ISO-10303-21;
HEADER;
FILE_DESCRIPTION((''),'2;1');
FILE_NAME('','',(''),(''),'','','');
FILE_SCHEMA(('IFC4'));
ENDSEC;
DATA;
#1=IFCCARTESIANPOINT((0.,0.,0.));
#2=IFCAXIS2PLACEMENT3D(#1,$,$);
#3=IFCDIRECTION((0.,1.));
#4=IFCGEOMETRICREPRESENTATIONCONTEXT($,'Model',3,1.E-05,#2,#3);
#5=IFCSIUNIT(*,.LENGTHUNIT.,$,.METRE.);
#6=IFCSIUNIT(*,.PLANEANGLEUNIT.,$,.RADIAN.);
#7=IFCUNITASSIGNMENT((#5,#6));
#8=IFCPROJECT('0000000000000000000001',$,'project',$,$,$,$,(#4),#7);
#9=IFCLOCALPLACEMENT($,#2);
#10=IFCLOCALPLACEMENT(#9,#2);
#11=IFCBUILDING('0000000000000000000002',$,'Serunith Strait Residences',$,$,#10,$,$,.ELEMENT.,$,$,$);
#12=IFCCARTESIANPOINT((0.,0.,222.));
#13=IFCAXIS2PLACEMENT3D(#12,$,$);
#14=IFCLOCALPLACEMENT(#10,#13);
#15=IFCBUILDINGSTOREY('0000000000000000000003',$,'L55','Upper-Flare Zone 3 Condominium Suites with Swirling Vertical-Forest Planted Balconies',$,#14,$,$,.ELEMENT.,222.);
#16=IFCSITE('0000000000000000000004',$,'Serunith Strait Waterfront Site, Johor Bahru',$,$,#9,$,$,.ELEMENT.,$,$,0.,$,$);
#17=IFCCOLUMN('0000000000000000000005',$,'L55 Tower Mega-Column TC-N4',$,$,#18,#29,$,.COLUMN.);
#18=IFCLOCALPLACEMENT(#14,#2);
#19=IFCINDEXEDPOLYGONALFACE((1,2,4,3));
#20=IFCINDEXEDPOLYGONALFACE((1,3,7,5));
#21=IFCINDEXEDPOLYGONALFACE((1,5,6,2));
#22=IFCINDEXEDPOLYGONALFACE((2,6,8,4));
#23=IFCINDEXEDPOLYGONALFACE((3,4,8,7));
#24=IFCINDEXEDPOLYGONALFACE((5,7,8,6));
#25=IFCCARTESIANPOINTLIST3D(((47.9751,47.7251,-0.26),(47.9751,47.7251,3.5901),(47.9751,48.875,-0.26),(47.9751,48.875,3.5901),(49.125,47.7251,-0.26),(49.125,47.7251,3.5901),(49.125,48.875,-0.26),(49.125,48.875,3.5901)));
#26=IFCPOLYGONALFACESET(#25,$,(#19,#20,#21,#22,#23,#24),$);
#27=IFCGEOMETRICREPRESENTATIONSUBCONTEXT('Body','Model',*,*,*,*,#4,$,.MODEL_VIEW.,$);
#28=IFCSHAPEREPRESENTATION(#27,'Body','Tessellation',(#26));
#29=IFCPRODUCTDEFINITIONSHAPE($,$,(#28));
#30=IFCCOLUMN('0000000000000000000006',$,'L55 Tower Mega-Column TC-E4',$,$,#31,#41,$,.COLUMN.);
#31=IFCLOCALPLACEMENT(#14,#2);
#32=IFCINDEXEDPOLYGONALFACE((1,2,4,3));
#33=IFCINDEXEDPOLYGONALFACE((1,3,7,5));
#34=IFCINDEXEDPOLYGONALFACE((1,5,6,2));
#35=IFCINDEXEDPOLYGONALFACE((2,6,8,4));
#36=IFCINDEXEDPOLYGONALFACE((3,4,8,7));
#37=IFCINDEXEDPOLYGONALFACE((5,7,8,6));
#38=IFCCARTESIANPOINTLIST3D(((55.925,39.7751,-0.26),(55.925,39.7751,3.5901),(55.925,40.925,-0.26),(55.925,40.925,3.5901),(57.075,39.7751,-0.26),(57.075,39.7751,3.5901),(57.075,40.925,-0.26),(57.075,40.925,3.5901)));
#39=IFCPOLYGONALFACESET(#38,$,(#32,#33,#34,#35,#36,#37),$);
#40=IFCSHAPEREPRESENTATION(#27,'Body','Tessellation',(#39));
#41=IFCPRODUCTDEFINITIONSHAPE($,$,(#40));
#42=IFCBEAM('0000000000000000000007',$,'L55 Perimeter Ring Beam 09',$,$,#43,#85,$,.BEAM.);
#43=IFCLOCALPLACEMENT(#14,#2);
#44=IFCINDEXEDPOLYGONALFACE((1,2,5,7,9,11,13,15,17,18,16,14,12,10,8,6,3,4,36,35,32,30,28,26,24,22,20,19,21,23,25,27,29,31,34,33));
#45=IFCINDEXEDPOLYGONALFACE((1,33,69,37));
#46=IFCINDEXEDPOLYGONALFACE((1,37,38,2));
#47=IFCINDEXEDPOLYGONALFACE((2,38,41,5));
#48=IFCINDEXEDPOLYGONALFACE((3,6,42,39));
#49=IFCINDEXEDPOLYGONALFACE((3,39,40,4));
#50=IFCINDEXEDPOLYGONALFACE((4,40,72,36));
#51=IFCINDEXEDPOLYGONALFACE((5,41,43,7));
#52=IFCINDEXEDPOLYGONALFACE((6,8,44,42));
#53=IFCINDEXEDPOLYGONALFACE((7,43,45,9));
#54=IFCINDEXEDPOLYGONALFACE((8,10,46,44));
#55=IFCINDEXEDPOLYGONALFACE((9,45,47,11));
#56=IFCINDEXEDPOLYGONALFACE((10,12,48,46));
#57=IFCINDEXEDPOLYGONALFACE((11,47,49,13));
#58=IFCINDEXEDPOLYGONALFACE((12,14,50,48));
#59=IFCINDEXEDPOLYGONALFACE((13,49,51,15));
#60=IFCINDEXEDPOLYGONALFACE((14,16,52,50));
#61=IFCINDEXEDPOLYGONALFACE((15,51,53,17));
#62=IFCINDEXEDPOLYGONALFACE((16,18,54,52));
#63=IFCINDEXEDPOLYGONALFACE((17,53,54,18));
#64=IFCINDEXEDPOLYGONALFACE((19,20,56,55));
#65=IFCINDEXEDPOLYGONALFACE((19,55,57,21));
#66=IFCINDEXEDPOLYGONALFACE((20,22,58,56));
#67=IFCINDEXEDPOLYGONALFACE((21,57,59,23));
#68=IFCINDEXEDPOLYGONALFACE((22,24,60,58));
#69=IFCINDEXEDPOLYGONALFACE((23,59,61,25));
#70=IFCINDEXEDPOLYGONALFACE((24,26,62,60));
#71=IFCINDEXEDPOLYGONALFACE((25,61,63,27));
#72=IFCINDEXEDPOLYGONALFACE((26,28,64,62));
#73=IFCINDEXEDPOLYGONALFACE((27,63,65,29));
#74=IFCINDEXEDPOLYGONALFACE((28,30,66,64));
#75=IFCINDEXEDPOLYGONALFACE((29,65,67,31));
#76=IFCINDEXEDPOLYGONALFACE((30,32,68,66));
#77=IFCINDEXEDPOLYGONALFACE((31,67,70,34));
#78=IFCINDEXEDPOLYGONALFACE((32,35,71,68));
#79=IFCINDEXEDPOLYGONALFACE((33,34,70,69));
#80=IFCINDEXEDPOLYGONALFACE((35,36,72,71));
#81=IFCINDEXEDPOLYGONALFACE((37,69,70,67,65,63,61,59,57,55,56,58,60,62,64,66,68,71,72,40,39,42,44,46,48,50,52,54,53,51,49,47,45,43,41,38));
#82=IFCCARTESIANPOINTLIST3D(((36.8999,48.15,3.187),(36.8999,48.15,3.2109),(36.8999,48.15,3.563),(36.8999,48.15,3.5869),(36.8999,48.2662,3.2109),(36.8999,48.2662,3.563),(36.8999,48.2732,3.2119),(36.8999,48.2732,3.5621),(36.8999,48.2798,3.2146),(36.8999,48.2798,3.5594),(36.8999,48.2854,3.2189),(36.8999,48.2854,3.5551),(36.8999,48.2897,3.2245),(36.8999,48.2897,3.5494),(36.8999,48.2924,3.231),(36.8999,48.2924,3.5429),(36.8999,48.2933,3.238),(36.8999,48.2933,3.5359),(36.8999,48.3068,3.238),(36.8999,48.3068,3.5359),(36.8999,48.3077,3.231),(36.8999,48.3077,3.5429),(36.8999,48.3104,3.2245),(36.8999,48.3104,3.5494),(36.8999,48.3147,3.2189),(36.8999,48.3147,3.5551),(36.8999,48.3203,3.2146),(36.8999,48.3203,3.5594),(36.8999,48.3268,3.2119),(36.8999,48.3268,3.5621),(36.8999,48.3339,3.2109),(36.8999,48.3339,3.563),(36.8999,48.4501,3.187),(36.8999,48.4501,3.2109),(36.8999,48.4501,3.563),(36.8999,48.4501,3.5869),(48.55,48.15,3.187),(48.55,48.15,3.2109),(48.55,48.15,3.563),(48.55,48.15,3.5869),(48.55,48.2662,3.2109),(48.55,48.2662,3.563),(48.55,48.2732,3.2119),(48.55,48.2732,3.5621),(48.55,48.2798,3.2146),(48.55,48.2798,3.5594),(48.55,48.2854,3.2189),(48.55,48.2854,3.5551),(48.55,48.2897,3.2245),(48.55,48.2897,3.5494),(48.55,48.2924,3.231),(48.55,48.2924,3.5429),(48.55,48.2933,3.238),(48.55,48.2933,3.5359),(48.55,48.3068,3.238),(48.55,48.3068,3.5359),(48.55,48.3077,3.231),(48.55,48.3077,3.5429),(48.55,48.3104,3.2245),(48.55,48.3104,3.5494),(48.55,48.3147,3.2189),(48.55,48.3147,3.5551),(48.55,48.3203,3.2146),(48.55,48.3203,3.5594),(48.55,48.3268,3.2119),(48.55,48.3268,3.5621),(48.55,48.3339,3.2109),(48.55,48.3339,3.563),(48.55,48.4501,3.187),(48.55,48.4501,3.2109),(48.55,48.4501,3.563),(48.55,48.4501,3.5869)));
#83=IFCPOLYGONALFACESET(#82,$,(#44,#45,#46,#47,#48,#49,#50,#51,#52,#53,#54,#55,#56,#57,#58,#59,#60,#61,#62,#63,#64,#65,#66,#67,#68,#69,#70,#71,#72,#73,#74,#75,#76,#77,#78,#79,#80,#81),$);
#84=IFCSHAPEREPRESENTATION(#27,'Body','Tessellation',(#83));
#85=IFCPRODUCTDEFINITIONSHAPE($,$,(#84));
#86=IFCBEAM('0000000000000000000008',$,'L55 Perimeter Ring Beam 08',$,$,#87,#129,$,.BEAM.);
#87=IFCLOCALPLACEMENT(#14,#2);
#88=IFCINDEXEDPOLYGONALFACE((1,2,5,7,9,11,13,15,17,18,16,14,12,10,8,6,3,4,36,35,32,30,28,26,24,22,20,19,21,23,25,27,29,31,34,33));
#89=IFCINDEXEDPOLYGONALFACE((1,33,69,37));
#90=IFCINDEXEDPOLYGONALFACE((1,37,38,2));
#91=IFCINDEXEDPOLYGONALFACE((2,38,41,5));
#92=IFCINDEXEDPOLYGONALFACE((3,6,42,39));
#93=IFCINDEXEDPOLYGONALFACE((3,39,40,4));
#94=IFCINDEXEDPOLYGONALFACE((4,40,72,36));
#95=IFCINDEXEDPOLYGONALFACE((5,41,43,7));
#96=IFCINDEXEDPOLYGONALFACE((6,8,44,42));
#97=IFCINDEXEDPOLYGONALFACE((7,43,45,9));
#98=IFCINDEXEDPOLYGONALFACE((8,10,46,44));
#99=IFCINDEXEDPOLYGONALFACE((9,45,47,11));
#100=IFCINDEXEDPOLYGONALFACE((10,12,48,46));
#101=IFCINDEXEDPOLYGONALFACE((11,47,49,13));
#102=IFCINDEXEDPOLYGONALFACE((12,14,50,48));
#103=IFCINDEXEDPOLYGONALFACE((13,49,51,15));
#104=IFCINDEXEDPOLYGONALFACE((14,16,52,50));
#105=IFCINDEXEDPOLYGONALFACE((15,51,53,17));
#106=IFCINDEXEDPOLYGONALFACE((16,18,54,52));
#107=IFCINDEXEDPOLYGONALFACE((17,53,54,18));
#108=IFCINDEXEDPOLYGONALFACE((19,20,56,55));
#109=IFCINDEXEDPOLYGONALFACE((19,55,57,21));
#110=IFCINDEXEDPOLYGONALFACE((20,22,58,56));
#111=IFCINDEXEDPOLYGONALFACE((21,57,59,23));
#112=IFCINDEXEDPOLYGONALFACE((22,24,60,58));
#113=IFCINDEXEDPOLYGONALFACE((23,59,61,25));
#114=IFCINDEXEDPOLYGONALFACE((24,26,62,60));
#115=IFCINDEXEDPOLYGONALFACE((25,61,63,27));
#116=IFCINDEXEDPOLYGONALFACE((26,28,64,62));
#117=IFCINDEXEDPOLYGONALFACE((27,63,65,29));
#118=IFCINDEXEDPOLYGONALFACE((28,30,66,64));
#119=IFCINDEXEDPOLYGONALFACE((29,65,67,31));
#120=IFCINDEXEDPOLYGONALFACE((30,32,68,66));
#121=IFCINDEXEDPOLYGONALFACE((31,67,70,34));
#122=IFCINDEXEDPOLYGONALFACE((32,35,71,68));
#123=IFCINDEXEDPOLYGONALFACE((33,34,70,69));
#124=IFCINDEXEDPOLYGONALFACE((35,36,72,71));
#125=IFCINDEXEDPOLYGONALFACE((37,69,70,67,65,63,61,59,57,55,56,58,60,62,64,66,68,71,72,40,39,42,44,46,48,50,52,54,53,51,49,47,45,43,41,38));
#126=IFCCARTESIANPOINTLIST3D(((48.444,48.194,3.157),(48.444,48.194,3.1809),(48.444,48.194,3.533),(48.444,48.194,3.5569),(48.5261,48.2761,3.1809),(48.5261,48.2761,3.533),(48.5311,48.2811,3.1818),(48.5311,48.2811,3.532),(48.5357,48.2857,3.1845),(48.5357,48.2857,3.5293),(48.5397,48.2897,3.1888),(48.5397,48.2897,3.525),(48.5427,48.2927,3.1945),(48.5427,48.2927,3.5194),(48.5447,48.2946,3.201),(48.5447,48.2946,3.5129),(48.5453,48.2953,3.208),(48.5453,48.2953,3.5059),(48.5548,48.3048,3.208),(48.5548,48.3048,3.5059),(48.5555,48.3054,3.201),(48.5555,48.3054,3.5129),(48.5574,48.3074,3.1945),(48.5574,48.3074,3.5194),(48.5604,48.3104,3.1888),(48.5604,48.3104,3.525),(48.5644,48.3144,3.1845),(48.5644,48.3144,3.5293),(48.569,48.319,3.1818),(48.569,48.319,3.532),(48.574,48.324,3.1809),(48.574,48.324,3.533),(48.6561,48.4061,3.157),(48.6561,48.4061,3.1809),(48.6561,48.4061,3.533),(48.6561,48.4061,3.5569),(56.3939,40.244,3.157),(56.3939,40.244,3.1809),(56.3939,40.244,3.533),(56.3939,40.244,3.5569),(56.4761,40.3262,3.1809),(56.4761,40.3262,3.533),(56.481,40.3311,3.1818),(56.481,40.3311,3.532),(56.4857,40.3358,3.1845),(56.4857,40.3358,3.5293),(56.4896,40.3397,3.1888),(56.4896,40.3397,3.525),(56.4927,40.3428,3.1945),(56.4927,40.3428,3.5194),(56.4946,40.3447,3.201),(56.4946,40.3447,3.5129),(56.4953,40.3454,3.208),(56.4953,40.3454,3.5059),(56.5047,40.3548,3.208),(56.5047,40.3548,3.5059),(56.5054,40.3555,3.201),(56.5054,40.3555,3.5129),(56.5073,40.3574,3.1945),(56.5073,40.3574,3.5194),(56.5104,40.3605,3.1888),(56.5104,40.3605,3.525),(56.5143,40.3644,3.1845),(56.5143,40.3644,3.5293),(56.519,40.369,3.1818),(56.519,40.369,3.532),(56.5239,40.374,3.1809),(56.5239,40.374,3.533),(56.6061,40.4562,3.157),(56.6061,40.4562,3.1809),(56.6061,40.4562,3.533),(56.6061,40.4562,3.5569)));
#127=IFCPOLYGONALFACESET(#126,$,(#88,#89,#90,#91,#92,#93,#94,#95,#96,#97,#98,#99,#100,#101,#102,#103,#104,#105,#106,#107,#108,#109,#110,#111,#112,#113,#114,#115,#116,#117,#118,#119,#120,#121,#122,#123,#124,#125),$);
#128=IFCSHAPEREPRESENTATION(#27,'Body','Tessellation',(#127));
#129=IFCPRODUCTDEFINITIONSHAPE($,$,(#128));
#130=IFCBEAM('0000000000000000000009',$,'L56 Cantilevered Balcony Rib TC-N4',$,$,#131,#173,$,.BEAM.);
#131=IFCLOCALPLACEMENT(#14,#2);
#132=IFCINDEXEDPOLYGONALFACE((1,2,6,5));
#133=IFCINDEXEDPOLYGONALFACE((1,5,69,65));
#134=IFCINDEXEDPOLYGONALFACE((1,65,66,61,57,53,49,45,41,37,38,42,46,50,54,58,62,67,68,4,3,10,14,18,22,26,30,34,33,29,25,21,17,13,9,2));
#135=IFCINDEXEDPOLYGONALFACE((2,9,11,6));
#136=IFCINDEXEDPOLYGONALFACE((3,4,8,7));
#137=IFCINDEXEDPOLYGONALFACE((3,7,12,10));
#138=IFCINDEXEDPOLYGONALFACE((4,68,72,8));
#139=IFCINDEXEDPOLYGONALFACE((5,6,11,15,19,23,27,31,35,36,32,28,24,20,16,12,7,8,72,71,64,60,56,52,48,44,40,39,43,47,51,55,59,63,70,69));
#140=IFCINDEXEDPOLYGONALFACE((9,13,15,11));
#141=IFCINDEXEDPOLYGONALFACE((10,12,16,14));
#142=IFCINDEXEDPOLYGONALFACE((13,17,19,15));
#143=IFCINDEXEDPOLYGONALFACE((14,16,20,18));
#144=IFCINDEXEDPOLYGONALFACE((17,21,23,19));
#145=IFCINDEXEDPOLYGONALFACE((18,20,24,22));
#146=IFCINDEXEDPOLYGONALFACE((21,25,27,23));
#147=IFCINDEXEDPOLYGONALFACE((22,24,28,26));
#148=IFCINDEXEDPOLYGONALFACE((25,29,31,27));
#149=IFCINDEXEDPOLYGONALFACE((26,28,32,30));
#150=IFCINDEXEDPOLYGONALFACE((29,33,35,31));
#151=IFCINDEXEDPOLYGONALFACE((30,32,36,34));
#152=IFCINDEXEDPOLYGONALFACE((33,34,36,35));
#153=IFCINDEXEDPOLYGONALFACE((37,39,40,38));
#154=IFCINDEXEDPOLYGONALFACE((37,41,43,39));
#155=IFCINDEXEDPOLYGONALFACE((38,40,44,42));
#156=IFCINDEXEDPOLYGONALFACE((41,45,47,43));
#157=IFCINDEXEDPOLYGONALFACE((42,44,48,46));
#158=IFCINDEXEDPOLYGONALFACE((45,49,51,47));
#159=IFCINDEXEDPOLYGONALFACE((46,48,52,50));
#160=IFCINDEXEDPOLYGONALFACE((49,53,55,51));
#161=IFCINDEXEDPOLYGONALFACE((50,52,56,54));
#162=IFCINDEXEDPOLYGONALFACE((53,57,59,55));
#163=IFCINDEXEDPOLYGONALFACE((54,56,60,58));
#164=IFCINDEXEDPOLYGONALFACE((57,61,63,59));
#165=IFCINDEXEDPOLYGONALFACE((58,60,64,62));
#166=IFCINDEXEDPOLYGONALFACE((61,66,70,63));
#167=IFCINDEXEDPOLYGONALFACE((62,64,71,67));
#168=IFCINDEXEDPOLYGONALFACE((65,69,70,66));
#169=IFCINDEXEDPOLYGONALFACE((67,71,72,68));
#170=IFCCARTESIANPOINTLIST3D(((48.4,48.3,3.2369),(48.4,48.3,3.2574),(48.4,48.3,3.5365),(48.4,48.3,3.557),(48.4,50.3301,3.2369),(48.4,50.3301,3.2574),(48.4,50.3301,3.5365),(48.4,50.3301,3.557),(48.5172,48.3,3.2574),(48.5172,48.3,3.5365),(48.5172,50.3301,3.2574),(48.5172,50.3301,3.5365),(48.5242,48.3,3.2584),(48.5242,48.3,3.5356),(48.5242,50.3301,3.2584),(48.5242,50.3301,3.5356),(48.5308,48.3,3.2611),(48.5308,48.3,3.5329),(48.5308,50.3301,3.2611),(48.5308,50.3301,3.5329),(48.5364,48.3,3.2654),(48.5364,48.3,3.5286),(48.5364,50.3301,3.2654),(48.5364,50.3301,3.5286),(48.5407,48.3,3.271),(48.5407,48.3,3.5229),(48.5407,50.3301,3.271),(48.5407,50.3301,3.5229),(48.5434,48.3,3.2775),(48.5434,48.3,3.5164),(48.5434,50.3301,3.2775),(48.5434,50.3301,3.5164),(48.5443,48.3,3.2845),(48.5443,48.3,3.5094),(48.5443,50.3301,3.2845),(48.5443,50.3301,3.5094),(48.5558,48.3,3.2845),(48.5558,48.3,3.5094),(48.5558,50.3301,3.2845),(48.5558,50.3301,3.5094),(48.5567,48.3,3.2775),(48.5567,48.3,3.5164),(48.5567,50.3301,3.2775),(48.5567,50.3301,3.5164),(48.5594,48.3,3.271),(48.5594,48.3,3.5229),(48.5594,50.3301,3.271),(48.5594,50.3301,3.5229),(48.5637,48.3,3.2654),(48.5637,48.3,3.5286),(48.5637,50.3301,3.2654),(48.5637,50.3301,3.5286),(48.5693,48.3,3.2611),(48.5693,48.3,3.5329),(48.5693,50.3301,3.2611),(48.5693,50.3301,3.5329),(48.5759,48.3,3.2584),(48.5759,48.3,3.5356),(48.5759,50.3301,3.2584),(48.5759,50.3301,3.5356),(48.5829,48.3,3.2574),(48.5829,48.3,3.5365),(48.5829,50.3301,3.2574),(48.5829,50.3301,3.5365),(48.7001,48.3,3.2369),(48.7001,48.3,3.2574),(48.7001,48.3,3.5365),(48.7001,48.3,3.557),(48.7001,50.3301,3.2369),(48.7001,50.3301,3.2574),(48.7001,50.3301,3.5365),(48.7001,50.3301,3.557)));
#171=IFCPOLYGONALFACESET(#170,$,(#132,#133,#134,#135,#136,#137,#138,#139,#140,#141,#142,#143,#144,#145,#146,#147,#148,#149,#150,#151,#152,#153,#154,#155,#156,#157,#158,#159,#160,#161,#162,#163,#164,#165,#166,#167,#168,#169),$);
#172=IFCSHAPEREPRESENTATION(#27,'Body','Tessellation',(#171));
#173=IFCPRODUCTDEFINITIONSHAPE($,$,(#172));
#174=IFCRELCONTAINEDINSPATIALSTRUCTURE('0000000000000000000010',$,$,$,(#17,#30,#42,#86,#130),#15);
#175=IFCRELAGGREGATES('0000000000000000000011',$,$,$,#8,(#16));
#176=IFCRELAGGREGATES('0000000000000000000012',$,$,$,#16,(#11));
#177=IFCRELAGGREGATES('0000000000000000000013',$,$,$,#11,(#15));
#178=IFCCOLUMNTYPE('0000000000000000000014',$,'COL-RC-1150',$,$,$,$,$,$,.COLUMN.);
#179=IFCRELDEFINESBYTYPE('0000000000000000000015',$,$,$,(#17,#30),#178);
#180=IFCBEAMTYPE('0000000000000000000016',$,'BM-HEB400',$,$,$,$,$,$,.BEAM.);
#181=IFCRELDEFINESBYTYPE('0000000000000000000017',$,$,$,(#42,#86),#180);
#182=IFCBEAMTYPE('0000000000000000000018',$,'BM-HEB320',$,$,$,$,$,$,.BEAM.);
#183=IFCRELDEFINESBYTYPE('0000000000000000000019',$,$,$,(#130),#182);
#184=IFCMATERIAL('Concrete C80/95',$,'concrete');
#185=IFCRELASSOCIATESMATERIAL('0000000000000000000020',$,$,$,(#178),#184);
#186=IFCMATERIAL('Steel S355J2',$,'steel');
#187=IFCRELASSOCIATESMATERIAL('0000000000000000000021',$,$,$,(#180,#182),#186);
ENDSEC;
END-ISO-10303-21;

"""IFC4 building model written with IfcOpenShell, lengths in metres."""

from ifc_helpers import new_model, si_unit, direction, frame, origin, origin_2d, place, context, subcontext, project, spatial, rectangle, i_section, extrude, source, transform, mapped, material, material_profile, profile_set, type_object, element, save


model = new_model("IFC4")

# Units and contexts
model_context = context("Model", 3, precision=1e-05, world=origin(), true_north=direction((0.0, 1.0)))
body_context = subcontext(model_context, "Body", "Model", "MODEL_VIEW")
ifc_project = project(units=[si_unit("LENGTHUNIT", "METRE"), si_unit("PLANEANGLEUNIT", "RADIAN")], contexts=[model_context])

# Site, building, storey
site_placement = place(None, origin())
site = spatial("IfcSite", under=ifc_project, at=site_placement, Name="Serunith Strait Waterfront Site, Johor Bahru", CompositionType="ELEMENT", RefElevation=0.0)
building_placement = place(site_placement, origin())
building = spatial("IfcBuilding", under=site, at=building_placement, Name="Serunith Strait Residences", CompositionType="ELEMENT")
storey_placement = place(building_placement, frame((0.0, 0.0, 222.0)))
storey = spatial("IfcBuildingStorey", under=building, at=storey_placement, Name="L55", Description="Upper-Flare Zone 3 Condominium Suites with Swirling Vertical-Forest Planted Balconies", CompositionType="ELEMENT", Elevation=222.0)

# Columns
ifc_material_1 = material(Name="Concrete C80/95", Category="concrete")
ifc_material_profile_1 = material_profile(ifc_material_1, rectangle(XDim=1.1499, YDim=1.1499, at=origin_2d()), Name="RC 1150x1150")
ifc_profile_set_1 = profile_set([ifc_material_profile_1], Name="Concrete C80/95")
column_type = type_object("IfcColumnType", Name="COL-RC-1150", PredefinedType="COLUMN", material=ifc_profile_set_1)
shared_shape_1 = source(origin(), body_context, "Body", "SweptSolid", [
    extrude(rectangle(XDim=1.1499, YDim=1.1499, at=origin_2d()), origin(), (0.0, 0.0, 1.0), 3.8501),
])
for number, where, z_axis, x_axis, name in (
    (1, (48.55, 48.3, -0.26), (0.0, 0.0, 1.0), (1.0, 0.0, 0.0), "L55 Tower Mega-Column TC-N4"),
    (2, (56.5, 40.3501, -0.26), (0.0, 0.0, 1.0), (1.0, 0.0, 0.0), "L55 Tower Mega-Column TC-E4"),
):
    element("IfcColumn", number, at=place(storey_placement, frame(where, z_axis=z_axis, x_axis=x_axis)), inside=storey, type_object=column_type, Name=name, PredefinedType="COLUMN", context=body_context, shape_type="MappedRepresentation", body=[
        mapped(shared_shape_1, transform((0.0, 0.0, 0.0), scale=1.0)),
    ])

# Beams
ifc_material_2 = material(Name="Steel S355J2", Category="steel")
ifc_material_profile_2 = material_profile(ifc_material_2, i_section(OverallWidth=0.3, OverallDepth=0.3999, WebThickness=0.0134, FlangeThickness=0.0239, FilletRadius=0.0271, at=origin_2d()), Name="HEB 400")
ifc_profile_set_2 = profile_set([ifc_material_profile_2], Name="Steel S355J2")
beam_type_1 = type_object("IfcBeamType", Name="BM-HEB400", PredefinedType="BEAM", material=ifc_profile_set_2)
shared_shape_2 = source(origin(), body_context, "Body", "SweptSolid", [
    extrude(i_section(OverallWidth=0.3, OverallDepth=0.3999, WebThickness=0.0134, FlangeThickness=0.0239, FilletRadius=0.0271, at=origin_2d()), origin(), (0.0, 0.0, 1.0), 11.6501),
])
beam_1_placement = place(storey_placement, frame((48.55, 48.3, 3.387), z_axis=(-1.0, 0.0, 0.0), x_axis=(0.0, -1.0, 0.0)))
element("IfcBeam", 3, at=beam_1_placement, inside=storey, type_object=beam_type_1, Name="L55 Perimeter Ring Beam 09", PredefinedType="BEAM", context=body_context, shape_type="MappedRepresentation", body=[
    mapped(shared_shape_2, transform((0.0, 0.0, 0.0), scale=1.0)),
])
shared_shape_3 = source(origin(), body_context, "Body", "SweptSolid", [
    extrude(i_section(OverallWidth=0.3, OverallDepth=0.3999, WebThickness=0.0134, FlangeThickness=0.0239, FilletRadius=0.0271, at=origin_2d()), origin(), (0.0, 0.0, 1.0), 11.2429),
])
beam_2_placement = place(storey_placement, frame((56.5, 40.3501, 3.3569), z_axis=(-0.707107, 0.707107, 0.0), x_axis=(-0.707107, -0.707107, 0.0)))
element("IfcBeam", 4, at=beam_2_placement, inside=storey, type_object=beam_type_1, Name="L55 Perimeter Ring Beam 08", PredefinedType="BEAM", context=body_context, shape_type="MappedRepresentation", body=[
    mapped(shared_shape_3, transform((0.0, 0.0, 0.0), scale=1.0)),
])
ifc_material_profile_3 = material_profile(ifc_material_2, i_section(OverallWidth=0.3, OverallDepth=0.3201, WebThickness=0.0115, FlangeThickness=0.0205, FilletRadius=0.0271, at=origin_2d()), Name="HEB 320")
ifc_profile_set_3 = profile_set([ifc_material_profile_3], Name="Steel S355J2")
beam_type_2 = type_object("IfcBeamType", Name="BM-HEB320", PredefinedType="BEAM", material=ifc_profile_set_3)
shared_shape_4 = source(origin(), body_context, "Body", "SweptSolid", [
    extrude(i_section(OverallWidth=0.3, OverallDepth=0.3201, WebThickness=0.0115, FlangeThickness=0.0205, FilletRadius=0.0271, at=origin_2d()), origin(), (0.0, 0.0, 1.0), 2.03),
])
for number, where, z_axis, x_axis, name in (
    (5, (48.55, 48.3, 3.397), (0.0, 1.0, 0.0), (-1.0, 0.0, 0.0), "L56 Cantilevered Balcony Rib TC-N4"),
):
    element("IfcBeam", number, at=place(storey_placement, frame(where, z_axis=z_axis, x_axis=x_axis)), inside=storey, type_object=beam_type_2, Name=name, PredefinedType="BEAM", context=body_context, shape_type="MappedRepresentation", body=[
        mapped(shared_shape_4, transform((0.0, 0.0, 0.0), scale=1.0)),
    ])

save(model, "model.ifc")
